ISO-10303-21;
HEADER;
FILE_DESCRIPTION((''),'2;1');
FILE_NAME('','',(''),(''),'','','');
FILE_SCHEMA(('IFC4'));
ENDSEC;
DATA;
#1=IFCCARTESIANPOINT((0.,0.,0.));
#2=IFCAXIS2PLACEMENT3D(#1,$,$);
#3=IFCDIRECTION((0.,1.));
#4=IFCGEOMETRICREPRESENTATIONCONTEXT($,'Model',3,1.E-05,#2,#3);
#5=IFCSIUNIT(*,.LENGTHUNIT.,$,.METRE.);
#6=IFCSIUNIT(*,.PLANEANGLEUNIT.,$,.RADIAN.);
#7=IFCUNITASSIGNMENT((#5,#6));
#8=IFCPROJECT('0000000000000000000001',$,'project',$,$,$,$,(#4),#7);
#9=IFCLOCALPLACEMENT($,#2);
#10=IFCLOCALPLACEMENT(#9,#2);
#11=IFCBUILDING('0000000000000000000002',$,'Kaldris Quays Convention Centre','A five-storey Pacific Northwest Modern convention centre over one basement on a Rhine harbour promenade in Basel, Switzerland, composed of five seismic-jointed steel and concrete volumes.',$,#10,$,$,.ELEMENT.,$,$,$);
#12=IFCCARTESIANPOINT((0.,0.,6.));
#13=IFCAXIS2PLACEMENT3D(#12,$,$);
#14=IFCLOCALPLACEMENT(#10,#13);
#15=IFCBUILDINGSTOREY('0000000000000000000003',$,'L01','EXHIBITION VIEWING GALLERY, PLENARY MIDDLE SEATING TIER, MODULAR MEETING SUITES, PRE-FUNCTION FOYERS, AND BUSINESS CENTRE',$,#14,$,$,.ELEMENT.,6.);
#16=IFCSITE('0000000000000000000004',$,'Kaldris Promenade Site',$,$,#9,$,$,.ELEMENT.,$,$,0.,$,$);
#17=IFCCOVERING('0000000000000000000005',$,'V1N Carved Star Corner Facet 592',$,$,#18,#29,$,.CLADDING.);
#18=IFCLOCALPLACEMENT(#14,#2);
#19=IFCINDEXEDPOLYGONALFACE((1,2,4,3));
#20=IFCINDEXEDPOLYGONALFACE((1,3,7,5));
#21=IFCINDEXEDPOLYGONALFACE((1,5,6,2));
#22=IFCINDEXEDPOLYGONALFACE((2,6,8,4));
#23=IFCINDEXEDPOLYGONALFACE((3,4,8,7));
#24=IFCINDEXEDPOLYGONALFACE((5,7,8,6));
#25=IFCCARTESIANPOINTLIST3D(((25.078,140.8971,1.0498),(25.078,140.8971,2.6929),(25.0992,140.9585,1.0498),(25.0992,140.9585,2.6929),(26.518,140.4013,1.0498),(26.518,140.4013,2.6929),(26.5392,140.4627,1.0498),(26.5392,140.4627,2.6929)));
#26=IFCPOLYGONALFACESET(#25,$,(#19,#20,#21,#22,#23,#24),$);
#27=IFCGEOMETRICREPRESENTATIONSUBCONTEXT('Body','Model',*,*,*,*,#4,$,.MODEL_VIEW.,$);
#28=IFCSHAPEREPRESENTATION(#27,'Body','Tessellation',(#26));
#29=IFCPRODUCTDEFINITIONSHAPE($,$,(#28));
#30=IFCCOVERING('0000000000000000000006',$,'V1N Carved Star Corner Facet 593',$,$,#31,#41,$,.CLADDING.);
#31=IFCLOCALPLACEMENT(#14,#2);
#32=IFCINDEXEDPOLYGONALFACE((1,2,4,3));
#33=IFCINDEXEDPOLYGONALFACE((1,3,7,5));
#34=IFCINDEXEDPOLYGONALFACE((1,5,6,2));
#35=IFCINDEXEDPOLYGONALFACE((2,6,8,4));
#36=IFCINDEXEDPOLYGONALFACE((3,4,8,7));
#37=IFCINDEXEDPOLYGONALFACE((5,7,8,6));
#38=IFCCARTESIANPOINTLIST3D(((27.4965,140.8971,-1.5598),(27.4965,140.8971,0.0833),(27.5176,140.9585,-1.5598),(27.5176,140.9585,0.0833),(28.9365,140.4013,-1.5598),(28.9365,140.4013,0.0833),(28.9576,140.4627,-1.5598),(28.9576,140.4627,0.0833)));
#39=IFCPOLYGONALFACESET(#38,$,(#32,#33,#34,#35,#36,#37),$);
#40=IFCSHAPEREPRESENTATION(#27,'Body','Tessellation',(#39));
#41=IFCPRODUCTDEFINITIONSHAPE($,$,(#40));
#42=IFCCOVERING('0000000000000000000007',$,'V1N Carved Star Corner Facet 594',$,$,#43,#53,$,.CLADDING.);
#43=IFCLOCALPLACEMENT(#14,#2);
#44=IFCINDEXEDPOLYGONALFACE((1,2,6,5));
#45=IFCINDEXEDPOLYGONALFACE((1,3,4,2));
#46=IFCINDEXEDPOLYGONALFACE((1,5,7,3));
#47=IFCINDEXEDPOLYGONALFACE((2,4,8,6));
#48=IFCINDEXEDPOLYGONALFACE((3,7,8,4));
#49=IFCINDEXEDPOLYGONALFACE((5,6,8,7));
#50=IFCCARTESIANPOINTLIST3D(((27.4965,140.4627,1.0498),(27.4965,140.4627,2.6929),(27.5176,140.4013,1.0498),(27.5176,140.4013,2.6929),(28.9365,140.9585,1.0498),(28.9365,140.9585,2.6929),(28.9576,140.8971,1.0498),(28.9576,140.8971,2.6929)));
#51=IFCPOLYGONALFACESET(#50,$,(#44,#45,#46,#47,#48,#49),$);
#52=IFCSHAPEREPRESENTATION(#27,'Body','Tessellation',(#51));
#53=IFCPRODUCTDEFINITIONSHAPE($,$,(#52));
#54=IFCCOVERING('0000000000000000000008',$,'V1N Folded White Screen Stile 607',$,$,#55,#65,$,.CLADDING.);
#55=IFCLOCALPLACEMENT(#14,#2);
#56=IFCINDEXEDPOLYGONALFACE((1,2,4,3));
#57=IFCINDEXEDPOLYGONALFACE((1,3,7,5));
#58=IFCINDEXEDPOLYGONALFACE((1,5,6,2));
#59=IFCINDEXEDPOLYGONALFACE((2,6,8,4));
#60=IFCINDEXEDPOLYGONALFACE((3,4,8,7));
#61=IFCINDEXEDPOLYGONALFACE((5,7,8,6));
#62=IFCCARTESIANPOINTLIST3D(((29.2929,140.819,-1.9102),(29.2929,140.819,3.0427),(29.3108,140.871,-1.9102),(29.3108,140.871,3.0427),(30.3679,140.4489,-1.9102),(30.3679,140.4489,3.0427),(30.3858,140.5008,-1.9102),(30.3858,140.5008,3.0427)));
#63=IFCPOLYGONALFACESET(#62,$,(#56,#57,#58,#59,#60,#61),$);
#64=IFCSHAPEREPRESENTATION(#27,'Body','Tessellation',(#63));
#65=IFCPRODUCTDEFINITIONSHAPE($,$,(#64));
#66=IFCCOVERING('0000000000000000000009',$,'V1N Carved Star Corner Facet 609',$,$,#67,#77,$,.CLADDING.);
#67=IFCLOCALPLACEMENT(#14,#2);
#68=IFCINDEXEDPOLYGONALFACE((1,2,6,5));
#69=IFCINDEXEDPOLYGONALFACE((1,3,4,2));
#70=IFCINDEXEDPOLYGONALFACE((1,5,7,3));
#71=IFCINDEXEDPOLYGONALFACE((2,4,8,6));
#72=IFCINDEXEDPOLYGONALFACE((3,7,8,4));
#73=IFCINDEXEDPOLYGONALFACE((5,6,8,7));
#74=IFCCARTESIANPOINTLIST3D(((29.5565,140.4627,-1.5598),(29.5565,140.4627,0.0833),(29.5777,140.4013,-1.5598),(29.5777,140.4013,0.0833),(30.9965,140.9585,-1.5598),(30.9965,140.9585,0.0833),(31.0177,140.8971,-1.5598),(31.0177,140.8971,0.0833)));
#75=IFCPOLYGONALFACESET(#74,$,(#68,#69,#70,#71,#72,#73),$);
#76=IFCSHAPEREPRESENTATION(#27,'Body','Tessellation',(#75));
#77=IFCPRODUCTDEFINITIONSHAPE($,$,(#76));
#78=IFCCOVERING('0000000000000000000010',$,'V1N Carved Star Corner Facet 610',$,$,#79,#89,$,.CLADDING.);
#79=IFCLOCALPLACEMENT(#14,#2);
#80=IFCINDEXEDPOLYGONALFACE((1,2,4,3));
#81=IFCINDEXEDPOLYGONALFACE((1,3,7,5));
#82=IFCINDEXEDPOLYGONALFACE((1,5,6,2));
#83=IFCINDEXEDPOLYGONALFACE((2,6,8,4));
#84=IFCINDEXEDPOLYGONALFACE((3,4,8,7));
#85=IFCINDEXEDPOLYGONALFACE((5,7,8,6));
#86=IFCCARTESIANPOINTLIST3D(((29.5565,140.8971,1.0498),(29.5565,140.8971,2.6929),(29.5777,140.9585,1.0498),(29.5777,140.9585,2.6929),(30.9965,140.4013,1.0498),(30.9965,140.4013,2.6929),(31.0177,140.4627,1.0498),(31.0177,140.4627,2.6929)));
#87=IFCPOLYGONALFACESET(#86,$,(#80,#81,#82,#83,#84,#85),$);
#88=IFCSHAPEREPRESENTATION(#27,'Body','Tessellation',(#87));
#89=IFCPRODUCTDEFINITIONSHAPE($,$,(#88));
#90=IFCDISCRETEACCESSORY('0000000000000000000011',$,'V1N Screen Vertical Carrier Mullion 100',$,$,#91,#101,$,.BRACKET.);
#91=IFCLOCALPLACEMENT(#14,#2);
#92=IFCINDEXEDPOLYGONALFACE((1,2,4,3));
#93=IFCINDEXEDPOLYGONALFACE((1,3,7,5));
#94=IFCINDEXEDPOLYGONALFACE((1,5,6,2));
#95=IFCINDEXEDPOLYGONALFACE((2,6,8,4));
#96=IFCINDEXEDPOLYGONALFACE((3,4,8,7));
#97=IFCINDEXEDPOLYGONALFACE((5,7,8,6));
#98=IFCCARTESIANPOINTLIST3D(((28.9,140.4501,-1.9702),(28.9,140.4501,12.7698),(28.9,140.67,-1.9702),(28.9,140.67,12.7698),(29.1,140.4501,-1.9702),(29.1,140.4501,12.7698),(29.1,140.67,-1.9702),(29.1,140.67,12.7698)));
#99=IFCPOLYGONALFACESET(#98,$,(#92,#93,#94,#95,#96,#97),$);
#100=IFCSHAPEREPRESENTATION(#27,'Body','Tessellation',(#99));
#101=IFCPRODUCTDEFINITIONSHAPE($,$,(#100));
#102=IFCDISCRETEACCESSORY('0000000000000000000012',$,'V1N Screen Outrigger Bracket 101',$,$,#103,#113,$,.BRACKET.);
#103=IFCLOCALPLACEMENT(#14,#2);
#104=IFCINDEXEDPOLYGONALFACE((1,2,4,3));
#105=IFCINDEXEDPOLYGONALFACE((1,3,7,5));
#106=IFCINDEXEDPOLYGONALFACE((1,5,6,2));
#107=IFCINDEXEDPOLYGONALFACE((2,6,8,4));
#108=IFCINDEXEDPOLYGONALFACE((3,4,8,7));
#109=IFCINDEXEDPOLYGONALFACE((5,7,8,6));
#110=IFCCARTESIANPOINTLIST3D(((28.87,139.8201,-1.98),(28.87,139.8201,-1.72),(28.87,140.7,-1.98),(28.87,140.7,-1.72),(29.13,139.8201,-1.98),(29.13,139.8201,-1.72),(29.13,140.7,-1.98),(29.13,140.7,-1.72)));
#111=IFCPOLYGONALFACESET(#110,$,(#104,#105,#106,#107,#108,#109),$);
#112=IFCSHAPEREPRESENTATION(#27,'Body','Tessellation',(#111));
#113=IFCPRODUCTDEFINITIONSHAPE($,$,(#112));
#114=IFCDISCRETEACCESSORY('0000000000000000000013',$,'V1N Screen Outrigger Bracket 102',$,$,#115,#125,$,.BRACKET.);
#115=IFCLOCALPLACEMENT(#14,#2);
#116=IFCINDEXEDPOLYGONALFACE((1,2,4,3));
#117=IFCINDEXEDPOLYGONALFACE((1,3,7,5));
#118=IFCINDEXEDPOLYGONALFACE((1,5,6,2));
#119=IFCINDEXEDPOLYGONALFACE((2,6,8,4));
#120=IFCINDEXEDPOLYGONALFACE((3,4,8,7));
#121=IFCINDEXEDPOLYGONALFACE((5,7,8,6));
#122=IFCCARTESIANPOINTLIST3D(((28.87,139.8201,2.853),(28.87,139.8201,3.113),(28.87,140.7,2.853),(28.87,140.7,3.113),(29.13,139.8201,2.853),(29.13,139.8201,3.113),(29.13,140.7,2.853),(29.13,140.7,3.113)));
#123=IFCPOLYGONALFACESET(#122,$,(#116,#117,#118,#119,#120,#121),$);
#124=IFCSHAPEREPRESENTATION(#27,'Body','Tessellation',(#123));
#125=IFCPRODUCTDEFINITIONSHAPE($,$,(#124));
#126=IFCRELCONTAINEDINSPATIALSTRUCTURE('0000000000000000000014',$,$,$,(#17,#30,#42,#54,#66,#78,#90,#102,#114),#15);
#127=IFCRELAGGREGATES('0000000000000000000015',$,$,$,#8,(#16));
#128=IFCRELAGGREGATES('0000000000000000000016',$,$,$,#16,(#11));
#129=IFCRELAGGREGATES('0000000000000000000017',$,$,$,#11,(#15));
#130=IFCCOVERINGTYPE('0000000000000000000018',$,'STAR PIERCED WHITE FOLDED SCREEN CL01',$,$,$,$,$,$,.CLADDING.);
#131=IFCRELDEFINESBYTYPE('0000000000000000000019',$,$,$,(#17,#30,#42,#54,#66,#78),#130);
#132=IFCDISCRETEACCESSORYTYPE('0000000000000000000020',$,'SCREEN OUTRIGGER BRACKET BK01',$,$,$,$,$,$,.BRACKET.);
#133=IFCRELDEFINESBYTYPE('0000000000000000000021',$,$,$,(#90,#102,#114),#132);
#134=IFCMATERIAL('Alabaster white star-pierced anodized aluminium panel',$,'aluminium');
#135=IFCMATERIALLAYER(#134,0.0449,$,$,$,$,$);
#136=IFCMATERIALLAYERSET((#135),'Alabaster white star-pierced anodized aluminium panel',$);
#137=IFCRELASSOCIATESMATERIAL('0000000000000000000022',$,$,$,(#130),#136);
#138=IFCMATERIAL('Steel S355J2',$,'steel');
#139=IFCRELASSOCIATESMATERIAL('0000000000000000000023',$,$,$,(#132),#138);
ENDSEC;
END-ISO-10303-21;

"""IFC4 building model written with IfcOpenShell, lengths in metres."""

from ifc_helpers import new_model, si_unit, direction, frame, origin, origin_2d, place, context, subcontext, project, spatial, rectangle, extrude, material, layer, layer_set, type_object, element, save


model = new_model("IFC4")

# Units and contexts
model_context = context("Model", 3, precision=1e-05, world=origin(), true_north=direction((0.0, 1.0)))
body_context = subcontext(model_context, "Body", "Model", "MODEL_VIEW")
ifc_project = project(units=[si_unit("LENGTHUNIT", "METRE"), si_unit("PLANEANGLEUNIT", "RADIAN")], contexts=[model_context])

# Site, building, storey
site_placement = place(None, origin())
site = spatial("IfcSite", under=ifc_project, at=site_placement, Name="Kaldris Promenade Site", CompositionType="ELEMENT", RefElevation=0.0)
building_placement = place(site_placement, origin())
building = spatial("IfcBuilding", under=site, at=building_placement, Name="Kaldris Quays Convention Centre", Description="A five-storey Pacific Northwest Modern convention centre over one basement on a Rhine harbour promenade in Basel, Switzerland, composed of five seismic-jointed steel and concrete volumes.", CompositionType="ELEMENT")
storey_placement = place(building_placement, frame((0.0, 0.0, 6.0)))
storey = spatial("IfcBuildingStorey", under=building, at=storey_placement, Name="L01", Description="EXHIBITION VIEWING GALLERY, PLENARY MIDDLE SEATING TIER, MODULAR MEETING SUITES, PRE-FUNCTION FOYERS, AND BUSINESS CENTRE", CompositionType="ELEMENT", Elevation=6.0)

# Shared definitions
ifc_material_1 = material(Name="Steel S355J2", Category="steel")

# Coverings
ifc_material_2 = material(Name="Alabaster white star-pierced anodized aluminium panel", Category="aluminium")
ifc_layer = layer(ifc_material_2, 0.0449)
ifc_layer_set = layer_set([ifc_layer], Name="Alabaster white star-pierced anodized aluminium panel")
covering_type = type_object("IfcCoveringType", Name="STAR PIERCED WHITE FOLDED SCREEN CL01", PredefinedType="CLADDING", material=ifc_layer_set)
for number, where, z_axis, x_axis, name in (
    (1, (25.8086, 140.6799, 1.0498), (0.0, 0.0, 1.0), (0.945519, -0.325568, 0.0), "V1N Carved Star Corner Facet 592"),
    (2, (28.2271, 140.6799, -1.5598), (0.0, 0.0, 1.0), (0.945519, -0.325568, 0.0), "V1N Carved Star Corner Facet 593"),
    (3, (28.2271, 140.6799, 1.0498), (0.0, 0.0, 1.0), (0.945519, 0.325568, 0.0), "V1N Carved Star Corner Facet 594"),
):
    element("IfcCovering", number, at=place(storey_placement, frame(where, z_axis=z_axis, x_axis=x_axis)), inside=storey, type_object=covering_type, Name=name, PredefinedType="CLADDING", context=body_context, shape_type="SweptSolid", body=[
        extrude(rectangle(XDim=1.5229, YDim=0.0649, at=origin_2d()), origin(), (0.0, 0.0, 1.0), 1.6431),
    ])
covering_placement = place(storey_placement, frame((29.8394, 140.6599, -1.9102), z_axis=(0.0, 0.0, 1.0), x_axis=(0.945519, -0.325568, 0.0)))
element("IfcCovering", 4, at=covering_placement, inside=storey, type_object=covering_type, Name="V1N Folded White Screen Stile 607", PredefinedType="CLADDING", context=body_context, shape_type="SweptSolid", body=[
    extrude(rectangle(XDim=1.137, YDim=0.0549, at=origin_2d()), origin(), (0.0, 0.0, 1.0), 4.9529),
])
for number, where, z_axis, x_axis, name in (
    (5, (30.2871, 140.6799, -1.5598), (0.0, 0.0, 1.0), (0.945519, 0.325568, 0.0), "V1N Carved Star Corner Facet 609"),
    (6, (30.2871, 140.6799, 1.0498), (0.0, 0.0, 1.0), (0.945519, -0.325568, 0.0), "V1N Carved Star Corner Facet 610"),
):
    element("IfcCovering", number, at=place(storey_placement, frame(where, z_axis=z_axis, x_axis=x_axis)), inside=storey, type_object=covering_type, Name=name, PredefinedType="CLADDING", context=body_context, shape_type="SweptSolid", body=[
        extrude(rectangle(XDim=1.5229, YDim=0.0649, at=origin_2d()), origin(), (0.0, 0.0, 1.0), 1.6431),
    ])

# Discrete accessories
discrete_accessory_type = type_object("IfcDiscreteAccessoryType", Name="SCREEN OUTRIGGER BRACKET BK01", PredefinedType="BRACKET", material=ifc_material_1)
discrete_accessory_placement = place(storey_placement, frame((29.0, 140.5601, -1.9702), z_axis=(0.0, 0.0, 1.0), x_axis=(1.0, 0.0, 0.0)))
element("IfcDiscreteAccessory", 7, at=discrete_accessory_placement, inside=storey, type_object=discrete_accessory_type, Name="V1N Screen Vertical Carrier Mullion 100", PredefinedType="BRACKET", context=body_context, shape_type="SweptSolid", body=[
    extrude(rectangle(XDim=0.2, YDim=0.22, at=origin_2d()), origin(), (0.0, 0.0, 1.0), 14.74),
])
for number, where, z_axis, x_axis, name in (
    (8, (29.0, 140.26, -1.98), (0.0, 0.0, 1.0), (1.0, 0.0, 0.0), "V1N Screen Outrigger Bracket 101"),
    (9, (29.0, 140.26, 2.853), (0.0, 0.0, 1.0), (1.0, 0.0, 0.0), "V1N Screen Outrigger Bracket 102"),
):
    element("IfcDiscreteAccessory", number, at=place(storey_placement, frame(where, z_axis=z_axis, x_axis=x_axis)), inside=storey, type_object=discrete_accessory_type, Name=name, PredefinedType="BRACKET", context=body_context, shape_type="SweptSolid", body=[
        extrude(rectangle(XDim=0.26, YDim=0.8799, at=origin_2d()), origin(), (0.0, 0.0, 1.0), 0.26),
    ])

save(model, "model.ifc")
